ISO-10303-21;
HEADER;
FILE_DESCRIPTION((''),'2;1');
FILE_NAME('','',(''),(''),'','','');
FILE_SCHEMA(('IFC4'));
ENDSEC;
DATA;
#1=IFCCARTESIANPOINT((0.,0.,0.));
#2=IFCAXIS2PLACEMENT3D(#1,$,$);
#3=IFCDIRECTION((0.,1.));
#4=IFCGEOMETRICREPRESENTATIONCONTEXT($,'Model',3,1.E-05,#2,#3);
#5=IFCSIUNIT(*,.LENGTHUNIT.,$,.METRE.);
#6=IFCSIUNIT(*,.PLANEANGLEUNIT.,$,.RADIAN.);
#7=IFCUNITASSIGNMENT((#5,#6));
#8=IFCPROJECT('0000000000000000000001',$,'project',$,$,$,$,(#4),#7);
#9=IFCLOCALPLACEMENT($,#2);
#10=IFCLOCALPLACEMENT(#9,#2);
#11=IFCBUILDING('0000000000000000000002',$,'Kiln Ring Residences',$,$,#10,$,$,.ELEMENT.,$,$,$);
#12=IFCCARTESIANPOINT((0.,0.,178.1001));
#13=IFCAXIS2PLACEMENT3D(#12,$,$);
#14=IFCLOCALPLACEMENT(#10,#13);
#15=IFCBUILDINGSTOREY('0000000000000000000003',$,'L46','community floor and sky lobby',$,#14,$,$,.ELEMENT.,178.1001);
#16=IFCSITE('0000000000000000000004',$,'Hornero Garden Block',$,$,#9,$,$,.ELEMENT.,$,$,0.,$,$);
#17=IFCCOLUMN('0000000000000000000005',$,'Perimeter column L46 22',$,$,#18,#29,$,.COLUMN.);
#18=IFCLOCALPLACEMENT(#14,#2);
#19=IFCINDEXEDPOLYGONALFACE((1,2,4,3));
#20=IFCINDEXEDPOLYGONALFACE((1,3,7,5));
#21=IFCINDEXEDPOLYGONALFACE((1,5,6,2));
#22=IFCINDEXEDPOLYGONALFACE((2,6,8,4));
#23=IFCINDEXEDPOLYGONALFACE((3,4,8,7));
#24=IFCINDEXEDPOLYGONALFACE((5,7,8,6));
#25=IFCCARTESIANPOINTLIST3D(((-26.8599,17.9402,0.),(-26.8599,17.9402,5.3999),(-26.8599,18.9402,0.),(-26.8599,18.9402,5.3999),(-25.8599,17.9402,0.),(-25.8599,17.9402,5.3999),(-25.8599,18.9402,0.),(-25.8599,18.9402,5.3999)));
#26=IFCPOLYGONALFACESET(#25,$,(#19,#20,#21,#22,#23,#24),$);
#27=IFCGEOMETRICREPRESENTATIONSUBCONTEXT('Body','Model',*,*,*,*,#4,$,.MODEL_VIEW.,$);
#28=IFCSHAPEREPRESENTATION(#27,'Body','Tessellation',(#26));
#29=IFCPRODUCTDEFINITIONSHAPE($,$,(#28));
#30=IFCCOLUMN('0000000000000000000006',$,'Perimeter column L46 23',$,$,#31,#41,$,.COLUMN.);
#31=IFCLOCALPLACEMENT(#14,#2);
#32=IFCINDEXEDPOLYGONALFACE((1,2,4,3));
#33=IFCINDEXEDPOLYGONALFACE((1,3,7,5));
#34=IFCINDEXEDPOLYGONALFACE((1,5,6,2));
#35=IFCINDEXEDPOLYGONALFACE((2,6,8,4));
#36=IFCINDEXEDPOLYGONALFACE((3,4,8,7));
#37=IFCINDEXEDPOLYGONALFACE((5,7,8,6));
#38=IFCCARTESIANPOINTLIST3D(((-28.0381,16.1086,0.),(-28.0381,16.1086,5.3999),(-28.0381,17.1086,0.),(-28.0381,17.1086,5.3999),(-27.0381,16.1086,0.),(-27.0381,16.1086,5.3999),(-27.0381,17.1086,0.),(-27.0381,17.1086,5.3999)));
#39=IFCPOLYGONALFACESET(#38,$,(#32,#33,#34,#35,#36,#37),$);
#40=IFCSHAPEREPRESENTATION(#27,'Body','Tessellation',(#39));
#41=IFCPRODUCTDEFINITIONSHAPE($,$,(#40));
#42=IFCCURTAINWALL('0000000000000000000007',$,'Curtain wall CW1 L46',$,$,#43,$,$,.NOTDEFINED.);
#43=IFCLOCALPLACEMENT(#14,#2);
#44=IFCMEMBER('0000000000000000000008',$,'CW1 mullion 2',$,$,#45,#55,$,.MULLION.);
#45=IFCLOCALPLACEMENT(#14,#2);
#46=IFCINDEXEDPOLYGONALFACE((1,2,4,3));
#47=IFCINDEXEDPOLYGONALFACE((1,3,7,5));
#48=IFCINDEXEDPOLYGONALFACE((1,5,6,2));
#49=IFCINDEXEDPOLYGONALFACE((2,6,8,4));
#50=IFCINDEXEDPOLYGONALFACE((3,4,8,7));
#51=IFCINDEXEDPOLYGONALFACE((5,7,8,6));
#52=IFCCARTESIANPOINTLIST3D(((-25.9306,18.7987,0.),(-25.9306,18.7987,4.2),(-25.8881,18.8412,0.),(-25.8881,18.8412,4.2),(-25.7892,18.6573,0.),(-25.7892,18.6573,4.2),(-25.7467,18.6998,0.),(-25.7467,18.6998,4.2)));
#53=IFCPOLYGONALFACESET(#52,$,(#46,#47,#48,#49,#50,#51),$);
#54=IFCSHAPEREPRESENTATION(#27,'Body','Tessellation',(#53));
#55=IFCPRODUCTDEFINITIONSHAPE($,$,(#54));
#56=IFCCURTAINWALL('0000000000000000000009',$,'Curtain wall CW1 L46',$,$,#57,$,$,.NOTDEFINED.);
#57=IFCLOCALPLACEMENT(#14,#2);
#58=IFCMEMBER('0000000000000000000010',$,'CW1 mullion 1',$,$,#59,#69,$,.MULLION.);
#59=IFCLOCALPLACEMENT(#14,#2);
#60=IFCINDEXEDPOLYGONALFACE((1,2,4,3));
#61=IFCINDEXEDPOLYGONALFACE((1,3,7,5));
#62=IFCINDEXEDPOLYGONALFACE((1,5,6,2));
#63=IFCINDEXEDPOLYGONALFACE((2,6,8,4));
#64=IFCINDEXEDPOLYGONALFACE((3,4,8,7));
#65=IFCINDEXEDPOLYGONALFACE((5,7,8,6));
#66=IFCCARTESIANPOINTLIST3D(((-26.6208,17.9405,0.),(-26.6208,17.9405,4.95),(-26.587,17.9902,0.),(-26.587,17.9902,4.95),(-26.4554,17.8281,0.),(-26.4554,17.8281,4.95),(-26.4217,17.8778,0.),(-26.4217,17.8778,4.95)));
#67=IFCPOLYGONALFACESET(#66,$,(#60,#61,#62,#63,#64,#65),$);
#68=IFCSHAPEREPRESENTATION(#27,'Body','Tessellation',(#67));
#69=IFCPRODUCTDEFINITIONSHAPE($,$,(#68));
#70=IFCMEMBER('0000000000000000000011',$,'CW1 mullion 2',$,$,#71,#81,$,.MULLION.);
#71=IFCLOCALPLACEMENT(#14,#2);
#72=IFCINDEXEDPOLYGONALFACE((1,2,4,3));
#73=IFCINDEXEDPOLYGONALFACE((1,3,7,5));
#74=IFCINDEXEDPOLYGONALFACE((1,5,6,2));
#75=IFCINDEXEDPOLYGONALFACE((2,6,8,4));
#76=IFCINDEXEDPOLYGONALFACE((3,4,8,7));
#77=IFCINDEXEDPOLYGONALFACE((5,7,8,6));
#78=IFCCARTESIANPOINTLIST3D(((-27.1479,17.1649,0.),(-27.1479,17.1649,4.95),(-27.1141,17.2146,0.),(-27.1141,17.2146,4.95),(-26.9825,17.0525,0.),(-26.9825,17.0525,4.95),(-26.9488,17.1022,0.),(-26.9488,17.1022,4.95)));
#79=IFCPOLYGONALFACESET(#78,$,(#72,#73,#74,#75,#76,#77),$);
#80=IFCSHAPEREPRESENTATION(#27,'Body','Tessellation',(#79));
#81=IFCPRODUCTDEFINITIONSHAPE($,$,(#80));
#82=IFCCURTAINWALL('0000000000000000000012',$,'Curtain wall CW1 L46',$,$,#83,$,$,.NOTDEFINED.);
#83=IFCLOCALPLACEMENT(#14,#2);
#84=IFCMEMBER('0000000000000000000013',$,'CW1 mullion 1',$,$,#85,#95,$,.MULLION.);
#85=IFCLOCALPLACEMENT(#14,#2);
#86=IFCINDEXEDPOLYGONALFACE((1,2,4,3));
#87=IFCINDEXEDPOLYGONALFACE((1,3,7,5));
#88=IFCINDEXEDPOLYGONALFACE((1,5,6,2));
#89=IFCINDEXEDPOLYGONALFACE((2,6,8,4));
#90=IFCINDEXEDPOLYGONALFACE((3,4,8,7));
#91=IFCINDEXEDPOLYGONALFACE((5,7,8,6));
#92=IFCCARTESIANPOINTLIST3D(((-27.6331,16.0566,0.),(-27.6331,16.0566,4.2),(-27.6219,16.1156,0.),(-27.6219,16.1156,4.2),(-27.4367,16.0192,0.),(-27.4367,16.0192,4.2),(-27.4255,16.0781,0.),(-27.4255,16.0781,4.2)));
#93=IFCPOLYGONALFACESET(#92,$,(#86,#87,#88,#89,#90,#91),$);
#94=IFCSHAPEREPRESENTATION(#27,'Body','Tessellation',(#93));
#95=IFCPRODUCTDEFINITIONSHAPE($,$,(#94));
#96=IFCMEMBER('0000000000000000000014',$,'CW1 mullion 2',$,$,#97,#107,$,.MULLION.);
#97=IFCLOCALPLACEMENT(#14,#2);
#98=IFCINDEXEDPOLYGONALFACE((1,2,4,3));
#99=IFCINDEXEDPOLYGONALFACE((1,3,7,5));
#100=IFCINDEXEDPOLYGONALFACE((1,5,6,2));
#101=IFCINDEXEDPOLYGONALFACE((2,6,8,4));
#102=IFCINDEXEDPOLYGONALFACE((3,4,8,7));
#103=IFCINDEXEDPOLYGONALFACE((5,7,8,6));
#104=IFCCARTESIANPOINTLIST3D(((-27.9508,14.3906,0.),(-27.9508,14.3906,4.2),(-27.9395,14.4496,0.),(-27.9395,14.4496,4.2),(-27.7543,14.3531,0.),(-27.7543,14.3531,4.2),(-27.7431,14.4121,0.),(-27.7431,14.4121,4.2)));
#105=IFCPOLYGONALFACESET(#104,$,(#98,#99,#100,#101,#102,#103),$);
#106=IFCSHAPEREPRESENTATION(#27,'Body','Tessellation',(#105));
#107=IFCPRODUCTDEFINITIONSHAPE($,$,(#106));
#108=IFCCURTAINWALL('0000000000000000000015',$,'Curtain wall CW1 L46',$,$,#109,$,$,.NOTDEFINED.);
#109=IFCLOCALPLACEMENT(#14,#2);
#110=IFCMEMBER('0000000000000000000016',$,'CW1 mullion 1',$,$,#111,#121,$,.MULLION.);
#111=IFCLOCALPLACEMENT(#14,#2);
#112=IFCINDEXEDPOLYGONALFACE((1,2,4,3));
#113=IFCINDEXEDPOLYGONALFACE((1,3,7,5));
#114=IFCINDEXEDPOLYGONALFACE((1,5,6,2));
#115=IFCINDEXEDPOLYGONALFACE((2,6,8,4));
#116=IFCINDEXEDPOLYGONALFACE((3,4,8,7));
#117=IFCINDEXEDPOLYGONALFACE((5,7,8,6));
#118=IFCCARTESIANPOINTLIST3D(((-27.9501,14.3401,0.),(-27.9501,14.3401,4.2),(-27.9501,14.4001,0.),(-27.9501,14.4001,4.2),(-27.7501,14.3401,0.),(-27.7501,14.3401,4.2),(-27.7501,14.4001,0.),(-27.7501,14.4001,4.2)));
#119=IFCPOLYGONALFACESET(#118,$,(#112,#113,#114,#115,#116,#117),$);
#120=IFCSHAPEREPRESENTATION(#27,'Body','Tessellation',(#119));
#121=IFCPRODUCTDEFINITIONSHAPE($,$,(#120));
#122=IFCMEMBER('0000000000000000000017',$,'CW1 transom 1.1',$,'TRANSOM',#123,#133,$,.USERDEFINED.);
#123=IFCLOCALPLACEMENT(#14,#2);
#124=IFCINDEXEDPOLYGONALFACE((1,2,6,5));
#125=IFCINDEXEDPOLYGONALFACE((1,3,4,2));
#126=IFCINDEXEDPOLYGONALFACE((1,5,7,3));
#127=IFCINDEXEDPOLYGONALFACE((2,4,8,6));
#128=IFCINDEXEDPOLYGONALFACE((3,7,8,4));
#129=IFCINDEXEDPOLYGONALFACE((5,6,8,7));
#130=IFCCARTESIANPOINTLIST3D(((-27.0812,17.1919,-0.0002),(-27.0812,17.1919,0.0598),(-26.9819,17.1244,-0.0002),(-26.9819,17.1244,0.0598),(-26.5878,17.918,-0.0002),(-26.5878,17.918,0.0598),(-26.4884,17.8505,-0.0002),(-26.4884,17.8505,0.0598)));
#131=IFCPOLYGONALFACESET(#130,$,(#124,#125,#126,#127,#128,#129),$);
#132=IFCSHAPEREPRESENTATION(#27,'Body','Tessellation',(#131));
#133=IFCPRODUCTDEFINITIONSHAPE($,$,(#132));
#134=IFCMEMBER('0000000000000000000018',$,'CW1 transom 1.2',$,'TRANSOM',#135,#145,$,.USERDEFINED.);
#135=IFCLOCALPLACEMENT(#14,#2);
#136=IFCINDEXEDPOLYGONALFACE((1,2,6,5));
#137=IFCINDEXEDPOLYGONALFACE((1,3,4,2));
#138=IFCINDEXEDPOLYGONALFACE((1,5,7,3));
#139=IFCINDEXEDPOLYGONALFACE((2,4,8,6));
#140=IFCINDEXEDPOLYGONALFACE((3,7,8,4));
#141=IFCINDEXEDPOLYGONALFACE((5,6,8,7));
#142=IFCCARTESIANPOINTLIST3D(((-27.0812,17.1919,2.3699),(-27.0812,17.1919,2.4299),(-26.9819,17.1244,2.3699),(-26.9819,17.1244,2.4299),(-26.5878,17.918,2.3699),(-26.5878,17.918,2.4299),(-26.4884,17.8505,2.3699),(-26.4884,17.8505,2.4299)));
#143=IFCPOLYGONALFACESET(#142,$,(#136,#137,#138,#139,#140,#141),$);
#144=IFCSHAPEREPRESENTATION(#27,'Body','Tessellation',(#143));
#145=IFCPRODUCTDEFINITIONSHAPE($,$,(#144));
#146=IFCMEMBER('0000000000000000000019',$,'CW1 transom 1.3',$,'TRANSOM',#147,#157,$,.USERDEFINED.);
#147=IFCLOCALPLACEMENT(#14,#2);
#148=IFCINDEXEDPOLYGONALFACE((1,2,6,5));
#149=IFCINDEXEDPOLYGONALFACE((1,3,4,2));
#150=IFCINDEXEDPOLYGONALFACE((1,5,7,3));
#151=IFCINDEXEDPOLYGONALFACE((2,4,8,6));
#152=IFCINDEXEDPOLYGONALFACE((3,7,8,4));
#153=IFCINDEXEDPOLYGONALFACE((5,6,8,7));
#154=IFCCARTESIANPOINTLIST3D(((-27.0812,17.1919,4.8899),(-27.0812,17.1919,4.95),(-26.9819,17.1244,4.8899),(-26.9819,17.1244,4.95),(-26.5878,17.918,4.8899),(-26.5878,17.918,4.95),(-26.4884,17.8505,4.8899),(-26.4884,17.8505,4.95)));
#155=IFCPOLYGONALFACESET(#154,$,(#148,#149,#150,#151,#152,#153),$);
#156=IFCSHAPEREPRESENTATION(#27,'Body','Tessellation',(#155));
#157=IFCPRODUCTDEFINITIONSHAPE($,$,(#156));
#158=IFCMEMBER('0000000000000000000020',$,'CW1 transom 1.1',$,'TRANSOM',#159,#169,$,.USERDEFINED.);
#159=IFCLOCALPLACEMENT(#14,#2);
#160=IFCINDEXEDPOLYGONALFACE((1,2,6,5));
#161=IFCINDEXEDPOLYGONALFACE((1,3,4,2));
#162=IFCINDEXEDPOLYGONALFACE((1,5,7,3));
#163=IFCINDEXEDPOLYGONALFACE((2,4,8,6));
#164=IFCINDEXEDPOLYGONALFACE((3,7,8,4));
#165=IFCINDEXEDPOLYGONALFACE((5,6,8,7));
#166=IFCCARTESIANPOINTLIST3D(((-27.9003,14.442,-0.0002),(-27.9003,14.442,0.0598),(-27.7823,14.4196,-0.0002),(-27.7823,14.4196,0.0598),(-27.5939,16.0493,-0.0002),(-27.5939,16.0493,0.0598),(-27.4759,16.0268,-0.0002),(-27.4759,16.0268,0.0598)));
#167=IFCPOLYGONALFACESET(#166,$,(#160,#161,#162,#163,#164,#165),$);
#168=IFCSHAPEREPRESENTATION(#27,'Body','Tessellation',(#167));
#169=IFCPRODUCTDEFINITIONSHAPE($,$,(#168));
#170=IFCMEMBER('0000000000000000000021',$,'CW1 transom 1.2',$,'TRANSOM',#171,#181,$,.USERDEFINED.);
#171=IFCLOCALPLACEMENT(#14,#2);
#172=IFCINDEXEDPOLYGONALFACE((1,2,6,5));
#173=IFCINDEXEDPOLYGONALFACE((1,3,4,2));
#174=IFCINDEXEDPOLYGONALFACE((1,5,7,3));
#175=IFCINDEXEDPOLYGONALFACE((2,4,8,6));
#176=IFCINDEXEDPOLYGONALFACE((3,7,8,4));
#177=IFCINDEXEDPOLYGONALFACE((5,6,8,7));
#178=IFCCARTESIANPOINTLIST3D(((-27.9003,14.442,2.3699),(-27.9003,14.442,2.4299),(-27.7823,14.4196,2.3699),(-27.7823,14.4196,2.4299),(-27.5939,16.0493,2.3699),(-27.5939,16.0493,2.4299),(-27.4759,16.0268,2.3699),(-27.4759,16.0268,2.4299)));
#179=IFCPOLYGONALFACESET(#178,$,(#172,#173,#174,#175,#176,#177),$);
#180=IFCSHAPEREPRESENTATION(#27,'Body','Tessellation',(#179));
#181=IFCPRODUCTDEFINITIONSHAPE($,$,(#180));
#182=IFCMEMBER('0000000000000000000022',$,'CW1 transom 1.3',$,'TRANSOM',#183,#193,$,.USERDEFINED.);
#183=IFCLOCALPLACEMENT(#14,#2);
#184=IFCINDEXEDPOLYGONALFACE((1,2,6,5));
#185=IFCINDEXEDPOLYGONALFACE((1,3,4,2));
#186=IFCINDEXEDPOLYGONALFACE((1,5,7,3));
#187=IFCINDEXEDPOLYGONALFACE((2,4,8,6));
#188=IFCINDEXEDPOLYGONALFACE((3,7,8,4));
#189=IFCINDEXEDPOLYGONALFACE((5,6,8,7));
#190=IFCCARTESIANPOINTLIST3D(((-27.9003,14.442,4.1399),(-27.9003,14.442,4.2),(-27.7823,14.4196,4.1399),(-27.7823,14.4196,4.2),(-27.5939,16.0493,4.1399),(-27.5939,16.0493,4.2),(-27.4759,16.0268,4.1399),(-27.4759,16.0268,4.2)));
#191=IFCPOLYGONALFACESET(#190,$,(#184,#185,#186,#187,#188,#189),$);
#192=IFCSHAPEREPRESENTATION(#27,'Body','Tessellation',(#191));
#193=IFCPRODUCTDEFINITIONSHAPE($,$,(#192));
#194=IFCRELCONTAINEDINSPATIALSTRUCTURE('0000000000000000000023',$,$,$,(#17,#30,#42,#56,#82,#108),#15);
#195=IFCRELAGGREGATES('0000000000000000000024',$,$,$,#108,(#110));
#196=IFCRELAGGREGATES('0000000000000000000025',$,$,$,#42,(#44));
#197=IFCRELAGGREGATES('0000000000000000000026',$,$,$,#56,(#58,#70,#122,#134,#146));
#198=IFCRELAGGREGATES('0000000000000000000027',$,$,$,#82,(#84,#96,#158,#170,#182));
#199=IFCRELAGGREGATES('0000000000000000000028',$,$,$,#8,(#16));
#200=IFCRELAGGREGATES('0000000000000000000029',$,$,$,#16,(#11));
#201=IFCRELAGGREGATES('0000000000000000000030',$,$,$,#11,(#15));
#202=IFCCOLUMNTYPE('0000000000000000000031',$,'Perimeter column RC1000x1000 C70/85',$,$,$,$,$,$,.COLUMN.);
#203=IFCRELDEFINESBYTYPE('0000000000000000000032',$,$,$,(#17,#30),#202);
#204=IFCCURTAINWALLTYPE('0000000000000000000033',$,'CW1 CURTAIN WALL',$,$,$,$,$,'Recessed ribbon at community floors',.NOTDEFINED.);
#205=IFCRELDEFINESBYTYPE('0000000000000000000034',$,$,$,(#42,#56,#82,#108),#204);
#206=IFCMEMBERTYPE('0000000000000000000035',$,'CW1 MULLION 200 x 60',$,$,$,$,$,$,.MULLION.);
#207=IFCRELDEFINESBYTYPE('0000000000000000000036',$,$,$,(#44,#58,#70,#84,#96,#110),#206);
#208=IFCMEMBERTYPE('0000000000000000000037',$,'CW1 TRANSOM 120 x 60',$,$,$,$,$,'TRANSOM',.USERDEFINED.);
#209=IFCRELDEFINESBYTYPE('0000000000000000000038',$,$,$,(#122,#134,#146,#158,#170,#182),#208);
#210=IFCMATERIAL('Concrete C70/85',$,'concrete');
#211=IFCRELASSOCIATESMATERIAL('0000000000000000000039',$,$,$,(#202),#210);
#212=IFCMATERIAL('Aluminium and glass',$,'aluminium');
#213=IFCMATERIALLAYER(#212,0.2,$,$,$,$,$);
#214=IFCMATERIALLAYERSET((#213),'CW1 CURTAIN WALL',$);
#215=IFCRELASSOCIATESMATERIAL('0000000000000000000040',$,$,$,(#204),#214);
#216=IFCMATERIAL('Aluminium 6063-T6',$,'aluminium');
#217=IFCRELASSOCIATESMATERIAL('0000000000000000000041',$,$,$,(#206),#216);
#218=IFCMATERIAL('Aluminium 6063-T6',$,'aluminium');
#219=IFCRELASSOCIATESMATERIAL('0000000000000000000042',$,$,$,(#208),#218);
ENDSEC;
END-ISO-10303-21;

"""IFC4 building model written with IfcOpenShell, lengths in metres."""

from ifc_helpers import new_model, si_unit, direction, frame, origin, origin_2d, place, context, subcontext, project, spatial, rectangle, extrude, material, layer, layer_set, material_profile, profile_set, type_object, element, aggregate, save


model = new_model("IFC4")

# Units and contexts
model_context = context("Model", 3, precision=1e-05, world=origin(), true_north=direction((0.0, 1.0)))
body_context = subcontext(model_context, "Body", "Model", "MODEL_VIEW")
ifc_project = project(units=[si_unit("LENGTHUNIT", "METRE"), si_unit("PLANEANGLEUNIT", "RADIAN")], contexts=[model_context])

# Site, building, storey
site_placement = place(None, origin())
site = spatial("IfcSite", under=ifc_project, at=site_placement, Name="Hornero Garden Block", CompositionType="ELEMENT", RefElevation=0.0)
building_placement = place(site_placement, origin())
building = spatial("IfcBuilding", under=site, at=building_placement, Name="Kiln Ring Residences", CompositionType="ELEMENT")
storey_placement = place(building_placement, frame((0.0, 0.0, 178.1001)))
storey = spatial("IfcBuildingStorey", under=building, at=storey_placement, Name="L46", Description="community floor and sky lobby", CompositionType="ELEMENT", Elevation=178.1001)

# Columns
ifc_material_1 = material(Name="Concrete C70/85", Category="concrete")
ifc_material_profile_1 = material_profile(ifc_material_1, rectangle(XDim=1.0, YDim=1.0, at=origin_2d()), Name="RC1000x1000")
ifc_profile_set_1 = profile_set([ifc_material_profile_1], Name="Concrete C70/85")
column_type = type_object("IfcColumnType", Name="Perimeter column RC1000x1000 C70/85", PredefinedType="COLUMN", material=ifc_profile_set_1)
for number, where, z_axis, x_axis, name in (
    (1, (-26.3599, 18.4402, 0.0), (0.0, 0.0, 1.0), (1.0, 0.0, 0.0), "Perimeter column L46 22"),
    (2, (-27.5381, 16.6086, 0.0), (0.0, 0.0, 1.0), (1.0, 0.0, 0.0), "Perimeter column L46 23"),
):
    element("IfcColumn", number, at=place(storey_placement, frame(where, z_axis=z_axis, x_axis=x_axis)), inside=storey, type_object=column_type, Name=name, PredefinedType="COLUMN", context=body_context, shape_type="SweptSolid", body=[
        extrude(rectangle(XDim=1.0, YDim=1.0, at=origin_2d()), origin(), (0.0, 0.0, 1.0), 5.3999),
    ])

# Curtain wall, member
ifc_material_2 = material(Name="Aluminium and glass", Category="aluminium")
ifc_layer_1 = layer(ifc_material_2, 0.2)
ifc_layer_set_1 = layer_set([ifc_layer_1], Name="CW1 CURTAIN WALL")
curtain_wall_type = type_object("IfcCurtainWallType", Name="CW1 CURTAIN WALL", ElementType="Recessed ribbon at community floors", PredefinedType="NOTDEFINED", material=ifc_layer_set_1)
placement = place(storey_placement, origin())
curtain_wall_1 = element("IfcCurtainWall", 3, at=placement, inside=storey, type_object=curtain_wall_type, Name="Curtain wall CW1 L46", PredefinedType="NOTDEFINED")
ifc_material_3 = material(Name="Aluminium 6063-T6", Category="aluminium")
ifc_material_profile_2 = material_profile(ifc_material_3, rectangle(XDim=0.2, YDim=0.0601, at=origin_2d()), Name="AL 200x60")
ifc_profile_set_2 = profile_set([ifc_material_profile_2], Name="Aluminium 6063-T6")
member_type_1 = type_object("IfcMemberType", Name="CW1 MULLION 200 x 60", PredefinedType="MULLION", material=ifc_profile_set_2)
member_1_placement = place(storey_placement, frame((-25.8386, 18.7493, 0.0), z_axis=(0.0, 0.0, 1.0), x_axis=(0.707107, -0.707107, 0.0)))
member_1 = element("IfcMember", 4, at=member_1_placement, type_object=member_type_1, Name="CW1 mullion 2", PredefinedType="MULLION", context=body_context, shape_type="SweptSolid", body=[
    extrude(rectangle(XDim=0.2, YDim=0.0601, at=origin_2d()), origin(), (0.0, 0.0, 1.0), 4.2),
])

# Curtain walls, members
curtain_wall_2 = element("IfcCurtainWall", 5, at=placement, inside=storey, type_object=curtain_wall_type, Name="Curtain wall CW1 L46", PredefinedType="NOTDEFINED")
member_2_placement = place(storey_placement, frame((-26.5212, 17.9092, 0.0), z_axis=(0.0, 0.0, 1.0), x_axis=(0.827072, -0.562097, 0.0)))
member_2 = element("IfcMember", 6, at=member_2_placement, type_object=member_type_1, Name="CW1 mullion 1", PredefinedType="MULLION", context=body_context, shape_type="SweptSolid", body=[
    extrude(rectangle(XDim=0.2, YDim=0.0601, at=origin_2d()), origin(), (0.0, 0.0, 1.0), 4.95),
])
member_3_placement = place(storey_placement, frame((-27.0483, 17.1335, 0.0), z_axis=(0.0, 0.0, 1.0), x_axis=(0.827072, -0.562097, 0.0)))
member_3 = element("IfcMember", 7, at=member_3_placement, type_object=member_type_1, Name="CW1 mullion 2", PredefinedType="MULLION", context=body_context, shape_type="SweptSolid", body=[
    extrude(rectangle(XDim=0.2, YDim=0.0601, at=origin_2d()), origin(), (0.0, 0.0, 1.0), 4.95),
])
curtain_wall_3 = element("IfcCurtainWall", 8, at=placement, inside=storey, type_object=curtain_wall_type, Name="Curtain wall CW1 L46", PredefinedType="NOTDEFINED")
member_4_placement = place(storey_placement, frame((-27.5293, 16.0674, 0.0), z_axis=(0.0, 0.0, 1.0), x_axis=(0.98229, -0.187366, 0.0)))
member_4 = element("IfcMember", 9, at=member_4_placement, type_object=member_type_1, Name="CW1 mullion 1", PredefinedType="MULLION", context=body_context, shape_type="SweptSolid", body=[
    extrude(rectangle(XDim=0.2, YDim=0.0601, at=origin_2d()), origin(), (0.0, 0.0, 1.0), 4.2),
])
member_5_placement = place(storey_placement, frame((-27.8469, 14.4014, 0.0), z_axis=(0.0, 0.0, 1.0), x_axis=(0.98229, -0.187366, 0.0)))
member_5 = element("IfcMember", 10, at=member_5_placement, type_object=member_type_1, Name="CW1 mullion 2", PredefinedType="MULLION", context=body_context, shape_type="SweptSolid", body=[
    extrude(rectangle(XDim=0.2, YDim=0.0601, at=origin_2d()), origin(), (0.0, 0.0, 1.0), 4.2),
])

# Curtain wall, member
curtain_wall_4 = element("IfcCurtainWall", 11, at=placement, inside=storey, type_object=curtain_wall_type, Name="Curtain wall CW1 L46", PredefinedType="NOTDEFINED")
member_6_placement = place(storey_placement, frame((-27.8501, 14.3701, 0.0), z_axis=(0.0, 0.0, 1.0), x_axis=(1.0, 0.0, 0.0)))
member_6 = element("IfcMember", 12, at=member_6_placement, type_object=member_type_1, Name="CW1 mullion 1", PredefinedType="MULLION", context=body_context, shape_type="SweptSolid", body=[
    extrude(rectangle(XDim=0.2, YDim=0.0601, at=origin_2d()), origin(), (0.0, 0.0, 1.0), 4.2),
])
aggregate(curtain_wall_4, [member_6])

# Members
ifc_material_4 = material(Name="Aluminium 6063-T6", Category="aluminium")
ifc_material_profile_3 = material_profile(ifc_material_4, rectangle(XDim=0.1201, YDim=0.0601, at=origin_2d()), Name="AL 120x60")
ifc_profile_set_3 = profile_set([ifc_material_profile_3], Name="Aluminium 6063-T6")
member_type_2 = type_object("IfcMemberType", Name="CW1 TRANSOM 120 x 60", ElementType="TRANSOM", PredefinedType="USERDEFINED", material=ifc_profile_set_3)
member_7_placement = place(storey_placement, frame((-26.5381, 17.8843, 0.0298), z_axis=(-0.562059, -0.827097, 0.0), x_axis=(0.827097, -0.562059, 0.0)))
member_7 = element("IfcMember", 13, at=member_7_placement, type_object=member_type_2, Name="CW1 transom 1.1", ObjectType="TRANSOM", PredefinedType="USERDEFINED", context=body_context, shape_type="SweptSolid", body=[
    extrude(rectangle(XDim=0.1201, YDim=0.0601, at=origin_2d()), origin(), (0.0, 0.0, 1.0), 0.8779),
])
member_8_placement = place(storey_placement, frame((-26.5381, 17.8843, 2.3999), z_axis=(-0.562059, -0.827097, 0.0), x_axis=(0.827097, -0.562059, 0.0)))
member_8 = element("IfcMember", 14, at=member_8_placement, type_object=member_type_2, Name="CW1 transom 1.2", ObjectType="TRANSOM", PredefinedType="USERDEFINED", context=body_context, shape_type="SweptSolid", body=[
    extrude(rectangle(XDim=0.1201, YDim=0.0601, at=origin_2d()), origin(), (0.0, 0.0, 1.0), 0.8779),
])
member_9_placement = place(storey_placement, frame((-26.5381, 17.8843, 4.9199), z_axis=(-0.562059, -0.827097, 0.0), x_axis=(0.827097, -0.562059, 0.0)))
member_9 = element("IfcMember", 15, at=member_9_placement, type_object=member_type_2, Name="CW1 transom 1.3", ObjectType="TRANSOM", PredefinedType="USERDEFINED", context=body_context, shape_type="SweptSolid", body=[
    extrude(rectangle(XDim=0.1201, YDim=0.0601, at=origin_2d()), origin(), (0.0, 0.0, 1.0), 0.8779),
])
member_10_placement = place(storey_placement, frame((-27.5349, 16.0381, 0.0298), z_axis=(-0.18727, -0.982309, 0.0), x_axis=(0.982309, -0.18727, 0.0)))
member_10 = element("IfcMember", 16, at=member_10_placement, type_object=member_type_2, Name="CW1 transom 1.1", ObjectType="TRANSOM", PredefinedType="USERDEFINED", context=body_context, shape_type="SweptSolid", body=[
    extrude(rectangle(XDim=0.1201, YDim=0.0601, at=origin_2d()), origin(), (0.0, 0.0, 1.0), 1.6362),
])
member_11_placement = place(storey_placement, frame((-27.5349, 16.0381, 2.3999), z_axis=(-0.18727, -0.982309, 0.0), x_axis=(0.982309, -0.18727, 0.0)))
member_11 = element("IfcMember", 17, at=member_11_placement, type_object=member_type_2, Name="CW1 transom 1.2", ObjectType="TRANSOM", PredefinedType="USERDEFINED", context=body_context, shape_type="SweptSolid", body=[
    extrude(rectangle(XDim=0.1201, YDim=0.0601, at=origin_2d()), origin(), (0.0, 0.0, 1.0), 1.6362),
])
member_12_placement = place(storey_placement, frame((-27.5349, 16.0381, 4.1699), z_axis=(-0.18727, -0.982309, 0.0), x_axis=(0.982309, -0.18727, 0.0)))
member_12 = element("IfcMember", 18, at=member_12_placement, type_object=member_type_2, Name="CW1 transom 1.3", ObjectType="TRANSOM", PredefinedType="USERDEFINED", context=body_context, shape_type="SweptSolid", body=[
    extrude(rectangle(XDim=0.1201, YDim=0.0601, at=origin_2d()), origin(), (0.0, 0.0, 1.0), 1.6362),
])

aggregate(curtain_wall_1, [member_1])
aggregate(curtain_wall_2, [member_2, member_3, member_7, member_8, member_9])
aggregate(curtain_wall_3, [member_4, member_5, member_10, member_11, member_12])

save(model, "model.ifc")
